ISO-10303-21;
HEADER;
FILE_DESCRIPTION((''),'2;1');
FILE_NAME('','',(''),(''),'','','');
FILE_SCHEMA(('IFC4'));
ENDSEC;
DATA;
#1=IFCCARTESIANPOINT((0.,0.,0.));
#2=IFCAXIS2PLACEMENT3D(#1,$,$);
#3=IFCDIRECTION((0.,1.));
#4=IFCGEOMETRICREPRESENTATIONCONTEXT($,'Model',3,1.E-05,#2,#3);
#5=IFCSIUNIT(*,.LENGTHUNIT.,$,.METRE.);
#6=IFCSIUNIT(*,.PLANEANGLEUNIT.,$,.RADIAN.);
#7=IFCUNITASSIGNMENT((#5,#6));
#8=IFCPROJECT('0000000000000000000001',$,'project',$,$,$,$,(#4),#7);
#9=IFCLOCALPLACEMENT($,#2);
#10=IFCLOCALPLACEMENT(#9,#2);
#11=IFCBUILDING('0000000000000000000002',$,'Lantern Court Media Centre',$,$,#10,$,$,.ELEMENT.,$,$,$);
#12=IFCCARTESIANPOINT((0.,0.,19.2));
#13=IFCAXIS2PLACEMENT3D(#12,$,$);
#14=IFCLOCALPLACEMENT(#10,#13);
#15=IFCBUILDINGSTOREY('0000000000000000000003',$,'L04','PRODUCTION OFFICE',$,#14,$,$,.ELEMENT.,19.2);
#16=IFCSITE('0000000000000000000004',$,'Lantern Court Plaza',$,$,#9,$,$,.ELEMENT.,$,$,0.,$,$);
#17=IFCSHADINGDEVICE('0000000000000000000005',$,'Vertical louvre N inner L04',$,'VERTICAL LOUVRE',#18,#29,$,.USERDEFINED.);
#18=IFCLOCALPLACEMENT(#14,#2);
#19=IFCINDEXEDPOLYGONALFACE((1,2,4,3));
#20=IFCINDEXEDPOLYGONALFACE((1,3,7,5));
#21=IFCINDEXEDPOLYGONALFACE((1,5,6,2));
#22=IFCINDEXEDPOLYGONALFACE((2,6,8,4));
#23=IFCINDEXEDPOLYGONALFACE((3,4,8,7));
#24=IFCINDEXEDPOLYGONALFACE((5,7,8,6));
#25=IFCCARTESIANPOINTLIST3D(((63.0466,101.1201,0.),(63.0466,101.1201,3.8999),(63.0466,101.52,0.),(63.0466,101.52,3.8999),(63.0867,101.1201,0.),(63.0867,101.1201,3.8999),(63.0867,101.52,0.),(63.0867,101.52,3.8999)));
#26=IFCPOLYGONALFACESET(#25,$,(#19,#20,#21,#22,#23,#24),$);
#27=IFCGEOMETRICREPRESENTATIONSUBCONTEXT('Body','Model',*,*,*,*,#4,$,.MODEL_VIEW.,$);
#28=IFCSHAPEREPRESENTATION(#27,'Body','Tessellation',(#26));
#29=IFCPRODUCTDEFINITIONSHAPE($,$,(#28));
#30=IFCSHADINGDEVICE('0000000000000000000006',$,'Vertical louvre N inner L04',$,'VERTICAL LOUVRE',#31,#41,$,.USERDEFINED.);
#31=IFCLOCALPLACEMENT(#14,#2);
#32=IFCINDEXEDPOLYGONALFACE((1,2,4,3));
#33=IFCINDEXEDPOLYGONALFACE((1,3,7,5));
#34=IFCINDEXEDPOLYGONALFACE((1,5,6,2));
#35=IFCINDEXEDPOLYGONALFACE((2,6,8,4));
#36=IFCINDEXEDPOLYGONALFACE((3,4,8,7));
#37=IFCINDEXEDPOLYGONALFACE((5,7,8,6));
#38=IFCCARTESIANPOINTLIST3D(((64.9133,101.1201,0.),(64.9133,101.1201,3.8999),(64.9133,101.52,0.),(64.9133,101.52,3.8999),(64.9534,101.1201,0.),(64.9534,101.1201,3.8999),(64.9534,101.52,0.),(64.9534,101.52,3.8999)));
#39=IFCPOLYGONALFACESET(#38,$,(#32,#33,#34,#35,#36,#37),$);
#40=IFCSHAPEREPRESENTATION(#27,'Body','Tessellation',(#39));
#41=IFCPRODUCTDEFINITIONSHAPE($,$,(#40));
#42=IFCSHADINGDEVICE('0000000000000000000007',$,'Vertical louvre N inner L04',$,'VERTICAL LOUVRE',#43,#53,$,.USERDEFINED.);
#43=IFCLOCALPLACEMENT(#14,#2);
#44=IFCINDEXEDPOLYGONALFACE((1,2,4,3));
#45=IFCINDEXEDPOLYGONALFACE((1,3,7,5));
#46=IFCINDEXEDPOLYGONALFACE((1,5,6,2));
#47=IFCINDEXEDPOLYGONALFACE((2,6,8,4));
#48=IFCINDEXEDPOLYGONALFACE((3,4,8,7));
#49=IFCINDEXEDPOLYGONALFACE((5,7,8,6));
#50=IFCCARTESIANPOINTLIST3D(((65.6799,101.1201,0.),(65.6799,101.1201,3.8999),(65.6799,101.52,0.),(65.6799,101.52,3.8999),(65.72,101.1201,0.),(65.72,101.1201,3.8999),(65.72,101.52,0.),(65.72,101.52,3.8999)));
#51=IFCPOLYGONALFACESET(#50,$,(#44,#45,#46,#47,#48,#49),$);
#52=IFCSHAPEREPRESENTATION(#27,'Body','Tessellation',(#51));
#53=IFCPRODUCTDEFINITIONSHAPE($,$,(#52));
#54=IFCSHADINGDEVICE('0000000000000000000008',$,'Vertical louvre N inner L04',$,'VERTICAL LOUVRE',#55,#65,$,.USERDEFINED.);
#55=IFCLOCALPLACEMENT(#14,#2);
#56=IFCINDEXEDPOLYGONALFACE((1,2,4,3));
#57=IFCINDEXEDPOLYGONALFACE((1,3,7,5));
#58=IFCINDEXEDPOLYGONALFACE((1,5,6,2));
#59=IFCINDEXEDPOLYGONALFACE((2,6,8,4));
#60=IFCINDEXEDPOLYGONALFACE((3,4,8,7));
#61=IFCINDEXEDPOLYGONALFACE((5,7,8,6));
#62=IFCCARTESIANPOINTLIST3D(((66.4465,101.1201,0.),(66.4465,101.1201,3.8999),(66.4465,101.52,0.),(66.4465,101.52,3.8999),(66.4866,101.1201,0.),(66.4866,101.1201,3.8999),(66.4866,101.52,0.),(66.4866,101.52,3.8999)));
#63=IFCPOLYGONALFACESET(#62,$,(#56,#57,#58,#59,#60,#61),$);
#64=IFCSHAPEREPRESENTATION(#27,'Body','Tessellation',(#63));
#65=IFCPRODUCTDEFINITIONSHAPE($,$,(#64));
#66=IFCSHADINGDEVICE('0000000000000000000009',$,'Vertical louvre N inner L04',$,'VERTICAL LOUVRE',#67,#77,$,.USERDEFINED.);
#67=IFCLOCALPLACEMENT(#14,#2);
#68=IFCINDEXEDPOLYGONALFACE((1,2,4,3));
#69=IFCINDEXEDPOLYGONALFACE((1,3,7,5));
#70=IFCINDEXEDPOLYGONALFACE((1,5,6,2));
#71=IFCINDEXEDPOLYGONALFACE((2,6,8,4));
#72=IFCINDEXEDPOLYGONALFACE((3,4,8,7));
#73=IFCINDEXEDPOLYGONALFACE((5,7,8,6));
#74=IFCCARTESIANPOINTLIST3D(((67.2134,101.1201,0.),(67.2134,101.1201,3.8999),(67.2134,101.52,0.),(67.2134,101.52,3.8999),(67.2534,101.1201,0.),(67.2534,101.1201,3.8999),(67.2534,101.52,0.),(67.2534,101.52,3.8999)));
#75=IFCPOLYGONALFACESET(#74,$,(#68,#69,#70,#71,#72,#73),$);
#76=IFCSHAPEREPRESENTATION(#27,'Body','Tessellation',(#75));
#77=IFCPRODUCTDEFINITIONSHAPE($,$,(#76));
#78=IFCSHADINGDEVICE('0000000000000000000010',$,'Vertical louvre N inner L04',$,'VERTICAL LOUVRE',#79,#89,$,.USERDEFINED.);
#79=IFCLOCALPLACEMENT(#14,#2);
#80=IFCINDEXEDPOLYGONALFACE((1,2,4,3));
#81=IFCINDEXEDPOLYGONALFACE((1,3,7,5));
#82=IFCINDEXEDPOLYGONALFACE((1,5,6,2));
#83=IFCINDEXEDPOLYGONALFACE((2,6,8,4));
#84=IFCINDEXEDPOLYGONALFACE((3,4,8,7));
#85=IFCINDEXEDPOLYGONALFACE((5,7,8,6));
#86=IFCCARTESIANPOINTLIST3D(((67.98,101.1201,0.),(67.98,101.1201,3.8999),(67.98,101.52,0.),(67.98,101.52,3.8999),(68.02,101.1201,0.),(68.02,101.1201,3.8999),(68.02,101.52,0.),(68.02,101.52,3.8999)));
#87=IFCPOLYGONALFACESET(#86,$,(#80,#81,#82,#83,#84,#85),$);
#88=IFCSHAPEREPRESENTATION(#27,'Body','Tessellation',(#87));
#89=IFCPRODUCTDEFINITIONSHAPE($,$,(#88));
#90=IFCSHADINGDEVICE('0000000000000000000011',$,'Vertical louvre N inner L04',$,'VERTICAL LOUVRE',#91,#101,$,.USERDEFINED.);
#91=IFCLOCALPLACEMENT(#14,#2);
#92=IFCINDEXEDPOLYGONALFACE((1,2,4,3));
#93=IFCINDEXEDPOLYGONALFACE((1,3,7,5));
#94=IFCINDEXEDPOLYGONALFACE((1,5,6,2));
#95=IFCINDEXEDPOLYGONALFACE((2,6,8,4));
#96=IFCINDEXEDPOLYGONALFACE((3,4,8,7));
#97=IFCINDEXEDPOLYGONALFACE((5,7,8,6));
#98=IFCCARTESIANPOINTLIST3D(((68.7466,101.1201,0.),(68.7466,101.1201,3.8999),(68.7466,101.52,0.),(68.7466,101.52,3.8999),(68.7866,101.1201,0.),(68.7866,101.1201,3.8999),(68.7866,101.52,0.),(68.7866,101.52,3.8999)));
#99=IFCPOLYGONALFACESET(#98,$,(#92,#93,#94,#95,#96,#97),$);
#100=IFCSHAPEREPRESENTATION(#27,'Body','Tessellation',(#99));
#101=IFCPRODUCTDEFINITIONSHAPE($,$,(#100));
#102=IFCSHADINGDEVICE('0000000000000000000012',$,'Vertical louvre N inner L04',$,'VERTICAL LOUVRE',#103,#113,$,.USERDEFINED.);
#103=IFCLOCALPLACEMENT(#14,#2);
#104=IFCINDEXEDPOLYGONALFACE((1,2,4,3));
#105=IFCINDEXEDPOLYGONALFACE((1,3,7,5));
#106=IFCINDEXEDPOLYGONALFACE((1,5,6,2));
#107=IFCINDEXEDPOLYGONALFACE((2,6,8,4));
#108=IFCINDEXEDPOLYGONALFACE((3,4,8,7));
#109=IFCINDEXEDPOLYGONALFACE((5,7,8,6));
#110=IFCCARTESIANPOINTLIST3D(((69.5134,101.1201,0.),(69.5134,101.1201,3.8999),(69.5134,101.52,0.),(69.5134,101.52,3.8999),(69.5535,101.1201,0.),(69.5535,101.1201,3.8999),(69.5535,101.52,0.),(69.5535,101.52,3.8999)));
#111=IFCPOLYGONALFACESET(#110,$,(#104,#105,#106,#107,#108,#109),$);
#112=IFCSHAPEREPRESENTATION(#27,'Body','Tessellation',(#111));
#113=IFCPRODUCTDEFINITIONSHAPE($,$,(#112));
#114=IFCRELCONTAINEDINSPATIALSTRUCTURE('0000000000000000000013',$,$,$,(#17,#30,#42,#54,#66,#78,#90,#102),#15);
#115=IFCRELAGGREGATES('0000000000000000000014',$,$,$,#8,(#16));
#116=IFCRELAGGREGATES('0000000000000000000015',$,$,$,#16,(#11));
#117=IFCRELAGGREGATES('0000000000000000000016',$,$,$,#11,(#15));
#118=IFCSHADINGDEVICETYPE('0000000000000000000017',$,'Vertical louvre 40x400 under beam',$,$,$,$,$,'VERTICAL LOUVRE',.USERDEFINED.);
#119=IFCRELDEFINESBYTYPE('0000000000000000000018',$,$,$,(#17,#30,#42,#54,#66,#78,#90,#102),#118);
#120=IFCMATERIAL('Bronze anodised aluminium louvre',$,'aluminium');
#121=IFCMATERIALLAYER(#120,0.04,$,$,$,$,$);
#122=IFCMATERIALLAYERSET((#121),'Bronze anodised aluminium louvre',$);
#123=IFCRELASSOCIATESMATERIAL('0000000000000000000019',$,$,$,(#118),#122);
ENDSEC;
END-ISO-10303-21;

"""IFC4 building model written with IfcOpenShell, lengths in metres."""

from ifc_helpers import new_model, si_unit, direction, frame, origin, origin_2d, place, context, subcontext, project, spatial, rectangle, extrude, material, layer, layer_set, type_object, element, save


model = new_model("IFC4")

# Units and contexts
model_context = context("Model", 3, precision=1e-05, world=origin(), true_north=direction((0.0, 1.0)))
body_context = subcontext(model_context, "Body", "Model", "MODEL_VIEW")
ifc_project = project(units=[si_unit("LENGTHUNIT", "METRE"), si_unit("PLANEANGLEUNIT", "RADIAN")], contexts=[model_context])

# Site, building, storey
site_placement = place(None, origin())
site = spatial("IfcSite", under=ifc_project, at=site_placement, Name="Lantern Court Plaza", CompositionType="ELEMENT", RefElevation=0.0)
building_placement = place(site_placement, origin())
building = spatial("IfcBuilding", under=site, at=building_placement, Name="Lantern Court Media Centre", CompositionType="ELEMENT")
storey_placement = place(building_placement, frame((0.0, 0.0, 19.2)))
storey = spatial("IfcBuildingStorey", under=building, at=storey_placement, Name="L04", Description="PRODUCTION OFFICE", CompositionType="ELEMENT", Elevation=19.2)

# Shading devices
ifc_material_1 = material(Name="Bronze anodised aluminium louvre", Category="aluminium")
ifc_layer_1 = layer(ifc_material_1, 0.04)
ifc_layer_set_1 = layer_set([ifc_layer_1], Name="Bronze anodised aluminium louvre")
shading_device_type = type_object("IfcShadingDeviceType", Name="Vertical louvre 40x400 under beam", ElementType="VERTICAL LOUVRE", PredefinedType="USERDEFINED", material=ifc_layer_set_1)
for number, where, z_axis, x_axis, name in (
    (1, (63.0667, 101.3201, 0.0), (0.0, 0.0, 1.0), (1.0, 0.0, 0.0), "Vertical louvre N inner L04"),
    (2, (64.9333, 101.3201, 0.0), (0.0, 0.0, 1.0), (1.0, 0.0, 0.0), "Vertical louvre N inner L04"),
    (3, (65.7, 101.3201, 0.0), (0.0, 0.0, 1.0), (1.0, 0.0, 0.0), "Vertical louvre N inner L04"),
    (4, (66.4666, 101.3201, 0.0), (0.0, 0.0, 1.0), (1.0, 0.0, 0.0), "Vertical louvre N inner L04"),
    (5, (67.2334, 101.3201, 0.0), (0.0, 0.0, 1.0), (1.0, 0.0, 0.0), "Vertical louvre N inner L04"),
    (6, (68.0, 101.3201, 0.0), (0.0, 0.0, 1.0), (1.0, 0.0, 0.0), "Vertical louvre N inner L04"),
    (7, (68.7666, 101.3201, 0.0), (0.0, 0.0, 1.0), (1.0, 0.0, 0.0), "Vertical louvre N inner L04"),
    (8, (69.5334, 101.3201, 0.0), (0.0, 0.0, 1.0), (1.0, 0.0, 0.0), "Vertical louvre N inner L04"),
):
    element("IfcShadingDevice", number, at=place(storey_placement, frame(where, z_axis=z_axis, x_axis=x_axis)), inside=storey, type_object=shading_device_type, Name=name, ObjectType="VERTICAL LOUVRE", PredefinedType="USERDEFINED", context=body_context, shape_type="SweptSolid", body=[
        extrude(rectangle(XDim=0.04, YDim=0.3999, at=origin_2d()), origin(), (0.0, 0.0, 1.0), 3.8999),
    ])

save(model, "model.ifc")
